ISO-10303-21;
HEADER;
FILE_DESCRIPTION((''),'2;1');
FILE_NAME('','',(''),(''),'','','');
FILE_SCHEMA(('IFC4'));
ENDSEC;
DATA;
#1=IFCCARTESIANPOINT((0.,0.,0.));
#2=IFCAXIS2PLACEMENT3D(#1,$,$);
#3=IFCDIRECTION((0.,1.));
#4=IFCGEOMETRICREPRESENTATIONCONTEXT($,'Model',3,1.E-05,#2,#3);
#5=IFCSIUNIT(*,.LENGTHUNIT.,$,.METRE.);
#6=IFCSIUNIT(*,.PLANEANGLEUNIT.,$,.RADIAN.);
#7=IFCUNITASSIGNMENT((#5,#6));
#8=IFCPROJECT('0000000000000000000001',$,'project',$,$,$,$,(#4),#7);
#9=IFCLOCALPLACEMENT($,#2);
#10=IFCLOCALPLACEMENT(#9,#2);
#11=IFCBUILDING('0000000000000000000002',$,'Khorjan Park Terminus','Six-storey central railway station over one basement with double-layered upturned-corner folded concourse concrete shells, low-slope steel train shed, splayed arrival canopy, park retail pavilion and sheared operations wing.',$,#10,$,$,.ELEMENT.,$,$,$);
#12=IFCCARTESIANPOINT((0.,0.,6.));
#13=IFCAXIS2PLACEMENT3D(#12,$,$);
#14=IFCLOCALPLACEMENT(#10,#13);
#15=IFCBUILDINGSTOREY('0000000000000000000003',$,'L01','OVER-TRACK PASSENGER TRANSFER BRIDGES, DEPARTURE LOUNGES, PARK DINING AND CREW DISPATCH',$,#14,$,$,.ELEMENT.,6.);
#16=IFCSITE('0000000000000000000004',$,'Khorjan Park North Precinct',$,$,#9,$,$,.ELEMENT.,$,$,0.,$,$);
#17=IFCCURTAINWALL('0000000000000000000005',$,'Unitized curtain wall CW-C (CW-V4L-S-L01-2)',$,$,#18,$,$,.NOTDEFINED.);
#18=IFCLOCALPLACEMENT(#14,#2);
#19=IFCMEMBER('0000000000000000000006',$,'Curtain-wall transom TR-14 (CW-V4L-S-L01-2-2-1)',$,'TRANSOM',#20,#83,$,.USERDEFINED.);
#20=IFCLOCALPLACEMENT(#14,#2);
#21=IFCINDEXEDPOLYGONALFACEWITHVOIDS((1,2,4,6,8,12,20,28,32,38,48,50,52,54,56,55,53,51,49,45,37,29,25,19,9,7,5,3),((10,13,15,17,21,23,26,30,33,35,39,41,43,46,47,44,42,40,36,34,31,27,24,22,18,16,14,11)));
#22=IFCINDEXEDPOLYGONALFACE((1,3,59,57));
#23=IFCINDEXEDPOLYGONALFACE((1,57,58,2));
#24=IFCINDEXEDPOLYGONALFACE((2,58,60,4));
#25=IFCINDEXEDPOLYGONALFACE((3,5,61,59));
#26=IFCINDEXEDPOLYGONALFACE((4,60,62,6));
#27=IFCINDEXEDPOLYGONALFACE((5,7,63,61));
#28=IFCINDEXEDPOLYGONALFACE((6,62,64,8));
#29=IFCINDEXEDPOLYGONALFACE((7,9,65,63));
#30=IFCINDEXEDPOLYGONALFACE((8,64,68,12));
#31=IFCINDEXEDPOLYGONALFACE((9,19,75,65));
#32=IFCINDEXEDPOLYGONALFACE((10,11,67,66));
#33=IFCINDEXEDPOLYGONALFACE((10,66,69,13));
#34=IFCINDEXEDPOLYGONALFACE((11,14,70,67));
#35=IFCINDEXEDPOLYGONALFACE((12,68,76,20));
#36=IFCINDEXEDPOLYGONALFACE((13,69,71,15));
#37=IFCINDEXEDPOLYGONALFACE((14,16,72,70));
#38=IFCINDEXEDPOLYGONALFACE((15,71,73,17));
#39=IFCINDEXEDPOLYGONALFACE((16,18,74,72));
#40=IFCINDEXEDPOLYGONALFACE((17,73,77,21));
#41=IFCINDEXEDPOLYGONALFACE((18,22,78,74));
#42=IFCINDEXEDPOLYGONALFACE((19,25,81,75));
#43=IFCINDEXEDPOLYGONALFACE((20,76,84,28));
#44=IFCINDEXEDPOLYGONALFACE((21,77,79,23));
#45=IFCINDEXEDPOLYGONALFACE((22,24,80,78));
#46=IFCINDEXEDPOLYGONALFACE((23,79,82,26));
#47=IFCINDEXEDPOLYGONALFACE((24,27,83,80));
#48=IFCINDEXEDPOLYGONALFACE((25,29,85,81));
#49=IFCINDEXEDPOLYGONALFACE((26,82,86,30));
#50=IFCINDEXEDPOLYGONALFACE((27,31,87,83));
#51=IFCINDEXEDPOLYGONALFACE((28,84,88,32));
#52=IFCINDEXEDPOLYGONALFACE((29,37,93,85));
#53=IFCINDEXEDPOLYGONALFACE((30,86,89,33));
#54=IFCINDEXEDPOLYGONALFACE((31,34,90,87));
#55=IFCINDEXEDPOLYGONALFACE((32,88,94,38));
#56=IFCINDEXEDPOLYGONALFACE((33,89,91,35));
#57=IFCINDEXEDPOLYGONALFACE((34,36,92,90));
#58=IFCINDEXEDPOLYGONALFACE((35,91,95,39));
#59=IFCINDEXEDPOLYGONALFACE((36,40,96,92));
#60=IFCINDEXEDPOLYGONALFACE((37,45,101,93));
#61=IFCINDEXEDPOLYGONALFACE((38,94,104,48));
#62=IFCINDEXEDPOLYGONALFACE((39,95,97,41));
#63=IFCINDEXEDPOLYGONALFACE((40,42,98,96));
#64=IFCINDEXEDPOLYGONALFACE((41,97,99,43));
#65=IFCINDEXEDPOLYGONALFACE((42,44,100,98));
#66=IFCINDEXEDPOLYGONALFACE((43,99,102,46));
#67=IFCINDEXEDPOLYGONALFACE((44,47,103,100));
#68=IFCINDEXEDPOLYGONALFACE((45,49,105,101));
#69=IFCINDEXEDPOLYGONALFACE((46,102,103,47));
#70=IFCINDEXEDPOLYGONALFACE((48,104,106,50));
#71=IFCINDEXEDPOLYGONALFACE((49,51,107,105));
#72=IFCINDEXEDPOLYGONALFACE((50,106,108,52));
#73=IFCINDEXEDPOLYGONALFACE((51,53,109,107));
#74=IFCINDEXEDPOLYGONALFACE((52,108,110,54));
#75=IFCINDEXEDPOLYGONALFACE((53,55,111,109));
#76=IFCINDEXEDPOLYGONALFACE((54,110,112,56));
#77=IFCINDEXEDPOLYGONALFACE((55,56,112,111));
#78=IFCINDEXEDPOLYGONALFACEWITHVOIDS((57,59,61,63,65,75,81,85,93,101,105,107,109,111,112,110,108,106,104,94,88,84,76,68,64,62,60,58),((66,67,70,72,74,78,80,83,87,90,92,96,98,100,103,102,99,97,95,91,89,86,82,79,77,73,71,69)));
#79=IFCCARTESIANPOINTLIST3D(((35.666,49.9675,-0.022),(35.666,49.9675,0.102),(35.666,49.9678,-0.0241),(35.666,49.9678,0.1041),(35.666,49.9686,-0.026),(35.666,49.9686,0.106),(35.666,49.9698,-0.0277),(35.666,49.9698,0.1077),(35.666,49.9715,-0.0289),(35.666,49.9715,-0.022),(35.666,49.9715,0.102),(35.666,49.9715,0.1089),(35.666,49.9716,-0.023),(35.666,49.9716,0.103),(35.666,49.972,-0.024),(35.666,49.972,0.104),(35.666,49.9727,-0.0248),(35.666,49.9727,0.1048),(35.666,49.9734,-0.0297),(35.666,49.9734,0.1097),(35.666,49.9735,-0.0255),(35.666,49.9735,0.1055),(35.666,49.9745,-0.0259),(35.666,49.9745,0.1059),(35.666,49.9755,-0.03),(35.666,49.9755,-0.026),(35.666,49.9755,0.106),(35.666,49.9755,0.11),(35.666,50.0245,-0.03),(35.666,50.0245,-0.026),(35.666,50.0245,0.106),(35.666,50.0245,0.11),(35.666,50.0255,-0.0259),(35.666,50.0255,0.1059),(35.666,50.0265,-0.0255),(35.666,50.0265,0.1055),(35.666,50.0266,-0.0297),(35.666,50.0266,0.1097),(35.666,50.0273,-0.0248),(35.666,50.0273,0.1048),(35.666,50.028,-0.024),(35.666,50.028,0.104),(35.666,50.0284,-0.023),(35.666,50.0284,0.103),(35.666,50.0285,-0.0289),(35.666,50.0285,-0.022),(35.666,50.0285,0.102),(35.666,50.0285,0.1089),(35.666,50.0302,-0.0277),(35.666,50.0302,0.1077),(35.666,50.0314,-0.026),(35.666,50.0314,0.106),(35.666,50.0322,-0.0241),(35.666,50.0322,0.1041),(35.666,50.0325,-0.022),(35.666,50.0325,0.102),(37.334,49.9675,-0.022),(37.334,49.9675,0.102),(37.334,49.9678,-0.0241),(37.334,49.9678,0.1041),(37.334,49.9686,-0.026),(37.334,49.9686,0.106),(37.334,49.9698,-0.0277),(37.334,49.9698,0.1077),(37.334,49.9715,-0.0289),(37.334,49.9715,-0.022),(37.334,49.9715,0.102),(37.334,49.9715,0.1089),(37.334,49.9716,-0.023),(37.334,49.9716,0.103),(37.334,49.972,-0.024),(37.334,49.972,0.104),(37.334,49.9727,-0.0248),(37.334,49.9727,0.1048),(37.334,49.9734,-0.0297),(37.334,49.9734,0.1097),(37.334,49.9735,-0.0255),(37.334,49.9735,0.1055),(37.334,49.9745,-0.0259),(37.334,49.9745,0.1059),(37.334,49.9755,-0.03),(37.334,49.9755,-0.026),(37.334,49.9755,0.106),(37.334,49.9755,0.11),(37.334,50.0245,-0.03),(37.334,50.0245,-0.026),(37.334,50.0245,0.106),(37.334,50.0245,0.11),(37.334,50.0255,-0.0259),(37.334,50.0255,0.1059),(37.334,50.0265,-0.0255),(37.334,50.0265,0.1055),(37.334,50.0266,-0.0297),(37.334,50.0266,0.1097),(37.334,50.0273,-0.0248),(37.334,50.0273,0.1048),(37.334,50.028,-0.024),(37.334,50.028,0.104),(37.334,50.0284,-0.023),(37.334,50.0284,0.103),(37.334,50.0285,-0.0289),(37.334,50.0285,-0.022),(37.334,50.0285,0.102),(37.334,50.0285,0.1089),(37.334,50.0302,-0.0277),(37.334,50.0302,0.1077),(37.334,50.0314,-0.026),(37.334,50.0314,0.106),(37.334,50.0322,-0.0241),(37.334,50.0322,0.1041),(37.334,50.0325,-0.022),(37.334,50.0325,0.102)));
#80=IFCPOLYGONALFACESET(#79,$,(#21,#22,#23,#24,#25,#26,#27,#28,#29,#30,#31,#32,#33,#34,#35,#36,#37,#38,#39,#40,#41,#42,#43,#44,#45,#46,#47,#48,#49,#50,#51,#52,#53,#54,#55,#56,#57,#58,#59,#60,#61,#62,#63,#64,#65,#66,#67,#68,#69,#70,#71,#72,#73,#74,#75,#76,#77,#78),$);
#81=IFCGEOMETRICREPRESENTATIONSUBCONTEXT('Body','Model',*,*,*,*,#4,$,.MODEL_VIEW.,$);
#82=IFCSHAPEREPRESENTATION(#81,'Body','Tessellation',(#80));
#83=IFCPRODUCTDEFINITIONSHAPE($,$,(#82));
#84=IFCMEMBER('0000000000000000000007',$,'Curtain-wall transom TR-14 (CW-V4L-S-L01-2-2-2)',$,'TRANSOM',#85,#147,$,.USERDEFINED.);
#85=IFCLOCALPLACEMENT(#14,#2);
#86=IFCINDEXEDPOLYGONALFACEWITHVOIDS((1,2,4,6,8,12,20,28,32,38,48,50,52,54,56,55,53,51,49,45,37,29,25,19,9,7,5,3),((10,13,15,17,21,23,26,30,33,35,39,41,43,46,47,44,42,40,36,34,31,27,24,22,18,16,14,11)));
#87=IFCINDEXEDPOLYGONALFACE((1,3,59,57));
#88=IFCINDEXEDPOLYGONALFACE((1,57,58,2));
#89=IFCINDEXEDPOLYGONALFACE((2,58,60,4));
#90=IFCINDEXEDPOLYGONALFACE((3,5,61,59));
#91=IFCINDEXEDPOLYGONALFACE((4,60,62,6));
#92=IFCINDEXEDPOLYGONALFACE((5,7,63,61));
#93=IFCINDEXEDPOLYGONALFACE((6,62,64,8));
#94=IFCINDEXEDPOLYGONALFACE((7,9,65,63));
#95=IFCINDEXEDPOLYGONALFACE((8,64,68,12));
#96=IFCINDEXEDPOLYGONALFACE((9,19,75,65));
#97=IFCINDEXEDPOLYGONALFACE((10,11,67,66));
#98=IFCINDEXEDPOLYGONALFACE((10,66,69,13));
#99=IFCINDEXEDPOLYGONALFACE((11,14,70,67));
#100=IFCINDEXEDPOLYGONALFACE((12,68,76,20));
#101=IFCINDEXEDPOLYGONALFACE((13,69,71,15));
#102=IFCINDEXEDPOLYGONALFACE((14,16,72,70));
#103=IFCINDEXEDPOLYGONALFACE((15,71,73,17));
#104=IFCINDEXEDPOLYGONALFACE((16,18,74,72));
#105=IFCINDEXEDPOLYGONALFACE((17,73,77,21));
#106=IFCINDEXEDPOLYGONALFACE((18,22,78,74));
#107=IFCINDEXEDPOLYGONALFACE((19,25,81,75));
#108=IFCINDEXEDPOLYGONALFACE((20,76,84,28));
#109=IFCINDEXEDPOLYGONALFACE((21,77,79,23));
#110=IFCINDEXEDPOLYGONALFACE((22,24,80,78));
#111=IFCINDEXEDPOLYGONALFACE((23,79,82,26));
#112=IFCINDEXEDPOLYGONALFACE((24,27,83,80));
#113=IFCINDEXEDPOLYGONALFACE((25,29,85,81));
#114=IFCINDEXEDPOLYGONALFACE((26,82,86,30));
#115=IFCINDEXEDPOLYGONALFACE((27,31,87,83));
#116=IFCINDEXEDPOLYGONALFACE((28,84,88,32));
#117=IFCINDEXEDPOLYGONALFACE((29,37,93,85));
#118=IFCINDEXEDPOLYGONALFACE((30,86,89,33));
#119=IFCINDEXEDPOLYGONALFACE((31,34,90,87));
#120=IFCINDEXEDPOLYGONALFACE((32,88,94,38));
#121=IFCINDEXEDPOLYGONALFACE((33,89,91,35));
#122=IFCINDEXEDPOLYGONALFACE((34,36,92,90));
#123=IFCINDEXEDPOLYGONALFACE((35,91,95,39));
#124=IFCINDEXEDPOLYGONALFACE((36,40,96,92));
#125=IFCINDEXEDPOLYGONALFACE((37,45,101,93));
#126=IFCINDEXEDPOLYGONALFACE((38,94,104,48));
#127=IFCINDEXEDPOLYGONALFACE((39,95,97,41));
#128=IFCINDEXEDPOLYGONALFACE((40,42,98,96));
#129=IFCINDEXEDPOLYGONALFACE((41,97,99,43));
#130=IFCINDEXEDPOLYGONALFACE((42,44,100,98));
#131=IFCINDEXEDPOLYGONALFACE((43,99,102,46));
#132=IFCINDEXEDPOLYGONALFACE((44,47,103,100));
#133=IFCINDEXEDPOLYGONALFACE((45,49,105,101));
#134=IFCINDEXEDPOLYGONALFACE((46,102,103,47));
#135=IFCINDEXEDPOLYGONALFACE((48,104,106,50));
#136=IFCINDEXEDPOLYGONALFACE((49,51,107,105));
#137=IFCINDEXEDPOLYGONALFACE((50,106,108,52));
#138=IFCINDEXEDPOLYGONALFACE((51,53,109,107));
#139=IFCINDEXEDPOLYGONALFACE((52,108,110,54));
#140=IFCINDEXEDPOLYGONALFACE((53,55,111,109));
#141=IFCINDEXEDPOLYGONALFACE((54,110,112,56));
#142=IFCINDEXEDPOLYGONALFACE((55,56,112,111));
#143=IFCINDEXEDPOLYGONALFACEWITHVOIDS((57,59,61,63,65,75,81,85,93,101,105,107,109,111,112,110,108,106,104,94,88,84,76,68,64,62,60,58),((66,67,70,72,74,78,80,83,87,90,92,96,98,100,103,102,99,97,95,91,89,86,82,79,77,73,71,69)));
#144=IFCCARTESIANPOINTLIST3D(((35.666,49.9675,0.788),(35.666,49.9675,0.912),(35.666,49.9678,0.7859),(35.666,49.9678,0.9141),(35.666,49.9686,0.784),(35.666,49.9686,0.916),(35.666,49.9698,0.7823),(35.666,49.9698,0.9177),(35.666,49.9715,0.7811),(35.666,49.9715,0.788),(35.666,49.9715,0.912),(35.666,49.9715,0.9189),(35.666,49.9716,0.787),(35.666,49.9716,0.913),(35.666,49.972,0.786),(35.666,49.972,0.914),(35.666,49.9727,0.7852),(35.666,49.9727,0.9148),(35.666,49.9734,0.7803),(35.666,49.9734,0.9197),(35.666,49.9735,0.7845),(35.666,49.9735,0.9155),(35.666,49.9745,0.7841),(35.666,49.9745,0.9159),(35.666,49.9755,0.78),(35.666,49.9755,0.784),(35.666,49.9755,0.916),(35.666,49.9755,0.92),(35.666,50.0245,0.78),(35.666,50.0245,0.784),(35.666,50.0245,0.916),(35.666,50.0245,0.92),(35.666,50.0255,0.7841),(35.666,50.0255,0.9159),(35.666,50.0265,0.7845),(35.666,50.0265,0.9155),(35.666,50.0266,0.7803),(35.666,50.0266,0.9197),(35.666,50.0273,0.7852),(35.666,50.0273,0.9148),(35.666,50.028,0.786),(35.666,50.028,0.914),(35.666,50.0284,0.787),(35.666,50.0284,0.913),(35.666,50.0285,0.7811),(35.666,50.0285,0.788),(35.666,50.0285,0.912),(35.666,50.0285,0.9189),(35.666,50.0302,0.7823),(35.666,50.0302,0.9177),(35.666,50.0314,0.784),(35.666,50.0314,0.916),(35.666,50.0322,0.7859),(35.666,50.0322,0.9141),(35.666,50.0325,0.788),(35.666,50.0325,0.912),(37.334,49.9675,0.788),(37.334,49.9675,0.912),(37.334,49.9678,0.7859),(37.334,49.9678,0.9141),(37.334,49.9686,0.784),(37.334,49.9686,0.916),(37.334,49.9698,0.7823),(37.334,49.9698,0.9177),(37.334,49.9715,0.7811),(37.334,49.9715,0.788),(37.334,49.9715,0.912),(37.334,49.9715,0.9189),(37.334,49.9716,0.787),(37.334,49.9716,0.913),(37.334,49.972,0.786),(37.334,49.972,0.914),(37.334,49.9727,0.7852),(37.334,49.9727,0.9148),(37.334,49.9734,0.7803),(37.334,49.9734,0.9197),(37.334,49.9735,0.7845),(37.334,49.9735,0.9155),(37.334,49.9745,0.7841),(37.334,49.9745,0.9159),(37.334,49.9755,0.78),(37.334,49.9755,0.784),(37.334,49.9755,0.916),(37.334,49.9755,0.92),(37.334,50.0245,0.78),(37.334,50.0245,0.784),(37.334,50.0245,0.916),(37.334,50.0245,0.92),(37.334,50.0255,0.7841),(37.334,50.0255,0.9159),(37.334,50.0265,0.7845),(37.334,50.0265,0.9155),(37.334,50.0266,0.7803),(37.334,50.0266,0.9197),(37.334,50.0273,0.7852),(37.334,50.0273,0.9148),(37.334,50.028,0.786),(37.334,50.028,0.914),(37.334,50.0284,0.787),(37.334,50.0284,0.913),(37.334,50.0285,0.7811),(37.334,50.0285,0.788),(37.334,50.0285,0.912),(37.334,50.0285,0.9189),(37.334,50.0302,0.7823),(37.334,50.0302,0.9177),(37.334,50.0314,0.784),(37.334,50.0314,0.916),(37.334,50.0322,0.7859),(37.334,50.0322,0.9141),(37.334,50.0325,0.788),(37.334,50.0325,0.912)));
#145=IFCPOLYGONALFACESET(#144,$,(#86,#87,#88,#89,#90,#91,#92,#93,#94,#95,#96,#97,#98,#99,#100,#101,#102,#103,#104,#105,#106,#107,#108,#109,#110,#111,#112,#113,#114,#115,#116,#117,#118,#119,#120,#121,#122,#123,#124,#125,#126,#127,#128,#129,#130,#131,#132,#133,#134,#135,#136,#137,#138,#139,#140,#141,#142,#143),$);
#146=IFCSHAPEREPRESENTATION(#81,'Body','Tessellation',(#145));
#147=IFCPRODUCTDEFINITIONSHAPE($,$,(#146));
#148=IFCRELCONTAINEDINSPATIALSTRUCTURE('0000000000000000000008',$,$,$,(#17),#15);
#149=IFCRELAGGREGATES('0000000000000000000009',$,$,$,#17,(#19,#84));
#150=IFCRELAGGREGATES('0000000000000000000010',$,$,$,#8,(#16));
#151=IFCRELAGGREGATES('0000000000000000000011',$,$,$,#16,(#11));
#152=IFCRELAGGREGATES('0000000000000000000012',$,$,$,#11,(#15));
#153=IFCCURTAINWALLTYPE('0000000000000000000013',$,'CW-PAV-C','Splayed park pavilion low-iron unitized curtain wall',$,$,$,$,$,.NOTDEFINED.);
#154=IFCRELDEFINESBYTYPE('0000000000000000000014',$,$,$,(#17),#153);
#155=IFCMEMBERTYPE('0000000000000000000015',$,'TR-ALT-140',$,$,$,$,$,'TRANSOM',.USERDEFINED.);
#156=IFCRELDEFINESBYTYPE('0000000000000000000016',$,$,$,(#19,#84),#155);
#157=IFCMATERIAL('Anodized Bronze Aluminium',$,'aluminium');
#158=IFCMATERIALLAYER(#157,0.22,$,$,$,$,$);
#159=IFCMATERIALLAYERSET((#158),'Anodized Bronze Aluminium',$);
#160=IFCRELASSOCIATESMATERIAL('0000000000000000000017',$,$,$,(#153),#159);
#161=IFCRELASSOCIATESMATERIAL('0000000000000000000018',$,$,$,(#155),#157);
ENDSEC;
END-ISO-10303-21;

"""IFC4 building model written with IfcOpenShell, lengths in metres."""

from ifc_helpers import new_model, si_unit, direction, frame, origin, origin_2d, place, context, subcontext, project, spatial, hollow_rectangle, extrude, material, layer, layer_set, material_profile, profile_set, type_object, element, aggregate, save


model = new_model("IFC4")

# Units and contexts
model_context = context("Model", 3, precision=1e-05, world=origin(), true_north=direction((0.0, 1.0)))
body_context = subcontext(model_context, "Body", "Model", "MODEL_VIEW")
ifc_project = project(units=[si_unit("LENGTHUNIT", "METRE"), si_unit("PLANEANGLEUNIT", "RADIAN")], contexts=[model_context])

# Site, building, storey
site_placement = place(None, origin())
site = spatial("IfcSite", under=ifc_project, at=site_placement, Name="Khorjan Park North Precinct", CompositionType="ELEMENT", RefElevation=0.0)
building_placement = place(site_placement, origin())
building = spatial("IfcBuilding", under=site, at=building_placement, Name="Khorjan Park Terminus", Description="Six-storey central railway station over one basement with double-layered upturned-corner folded concourse concrete shells, low-slope steel train shed, splayed arrival canopy, park retail pavilion and sheared operations wing.", CompositionType="ELEMENT")
storey_placement = place(building_placement, frame((0.0, 0.0, 6.0)))
storey = spatial("IfcBuildingStorey", under=building, at=storey_placement, Name="L01", Description="OVER-TRACK PASSENGER TRANSFER BRIDGES, DEPARTURE LOUNGES, PARK DINING AND CREW DISPATCH", CompositionType="ELEMENT", Elevation=6.0)

# Curtain wall, members
ifc_material_1 = material(Name="Anodized Bronze Aluminium", Category="aluminium")
ifc_layer_1 = layer(ifc_material_1, 0.22)
ifc_layer_set_1 = layer_set([ifc_layer_1], Name="Anodized Bronze Aluminium")
curtain_wall_type = type_object("IfcCurtainWallType", Name="CW-PAV-C", Description="Splayed park pavilion low-iron unitized curtain wall", PredefinedType="NOTDEFINED", material=ifc_layer_set_1)
curtain_wall_placement = place(storey_placement, origin())
curtain_wall = element("IfcCurtainWall", 1, at=curtain_wall_placement, inside=storey, type_object=curtain_wall_type, Name="Unitized curtain wall CW-C (CW-V4L-S-L01-2)", PredefinedType="NOTDEFINED")
ifc_material_profile_1 = material_profile(ifc_material_1, hollow_rectangle(XDim=0.065, YDim=0.14, WallThickness=0.004, InnerFilletRadius=0.004, OuterFilletRadius=0.008, at=origin_2d()), Name="ALT 65x140x4")
ifc_profile_set_1 = profile_set([ifc_material_profile_1], Name="Anodized Bronze Aluminium")
member_type_1 = type_object("IfcMemberType", Name="TR-ALT-140", ElementType="TRANSOM", PredefinedType="USERDEFINED", material=ifc_profile_set_1)
member_1_placement = place(storey_placement, frame((35.666, 50.0, 0.04), z_axis=(1.0, 0.0, 0.0), x_axis=(0.0, 1.0, 0.0)))
member_1 = element("IfcMember", 2, at=member_1_placement, type_object=member_type_1, Name="Curtain-wall transom TR-14 (CW-V4L-S-L01-2-2-1)", ObjectType="TRANSOM", PredefinedType="USERDEFINED", context=body_context, shape_type="SweptSolid", body=[
    extrude(hollow_rectangle(XDim=0.065, YDim=0.14, WallThickness=0.004, InnerFilletRadius=0.004, OuterFilletRadius=0.008, at=origin_2d()), origin(), (0.0, 0.0, 1.0), 1.668),
])
member_2_placement = place(storey_placement, frame((35.666, 50.0, 0.85), z_axis=(1.0, 0.0, 0.0), x_axis=(0.0, 1.0, 0.0)))
member_2 = element("IfcMember", 3, at=member_2_placement, type_object=member_type_1, Name="Curtain-wall transom TR-14 (CW-V4L-S-L01-2-2-2)", ObjectType="TRANSOM", PredefinedType="USERDEFINED", context=body_context, shape_type="SweptSolid", body=[
    extrude(hollow_rectangle(XDim=0.065, YDim=0.14, WallThickness=0.004, InnerFilletRadius=0.004, OuterFilletRadius=0.008, at=origin_2d()), origin(), (0.0, 0.0, 1.0), 1.668),
])
aggregate(curtain_wall, [member_1, member_2])

save(model, "model.ifc")
